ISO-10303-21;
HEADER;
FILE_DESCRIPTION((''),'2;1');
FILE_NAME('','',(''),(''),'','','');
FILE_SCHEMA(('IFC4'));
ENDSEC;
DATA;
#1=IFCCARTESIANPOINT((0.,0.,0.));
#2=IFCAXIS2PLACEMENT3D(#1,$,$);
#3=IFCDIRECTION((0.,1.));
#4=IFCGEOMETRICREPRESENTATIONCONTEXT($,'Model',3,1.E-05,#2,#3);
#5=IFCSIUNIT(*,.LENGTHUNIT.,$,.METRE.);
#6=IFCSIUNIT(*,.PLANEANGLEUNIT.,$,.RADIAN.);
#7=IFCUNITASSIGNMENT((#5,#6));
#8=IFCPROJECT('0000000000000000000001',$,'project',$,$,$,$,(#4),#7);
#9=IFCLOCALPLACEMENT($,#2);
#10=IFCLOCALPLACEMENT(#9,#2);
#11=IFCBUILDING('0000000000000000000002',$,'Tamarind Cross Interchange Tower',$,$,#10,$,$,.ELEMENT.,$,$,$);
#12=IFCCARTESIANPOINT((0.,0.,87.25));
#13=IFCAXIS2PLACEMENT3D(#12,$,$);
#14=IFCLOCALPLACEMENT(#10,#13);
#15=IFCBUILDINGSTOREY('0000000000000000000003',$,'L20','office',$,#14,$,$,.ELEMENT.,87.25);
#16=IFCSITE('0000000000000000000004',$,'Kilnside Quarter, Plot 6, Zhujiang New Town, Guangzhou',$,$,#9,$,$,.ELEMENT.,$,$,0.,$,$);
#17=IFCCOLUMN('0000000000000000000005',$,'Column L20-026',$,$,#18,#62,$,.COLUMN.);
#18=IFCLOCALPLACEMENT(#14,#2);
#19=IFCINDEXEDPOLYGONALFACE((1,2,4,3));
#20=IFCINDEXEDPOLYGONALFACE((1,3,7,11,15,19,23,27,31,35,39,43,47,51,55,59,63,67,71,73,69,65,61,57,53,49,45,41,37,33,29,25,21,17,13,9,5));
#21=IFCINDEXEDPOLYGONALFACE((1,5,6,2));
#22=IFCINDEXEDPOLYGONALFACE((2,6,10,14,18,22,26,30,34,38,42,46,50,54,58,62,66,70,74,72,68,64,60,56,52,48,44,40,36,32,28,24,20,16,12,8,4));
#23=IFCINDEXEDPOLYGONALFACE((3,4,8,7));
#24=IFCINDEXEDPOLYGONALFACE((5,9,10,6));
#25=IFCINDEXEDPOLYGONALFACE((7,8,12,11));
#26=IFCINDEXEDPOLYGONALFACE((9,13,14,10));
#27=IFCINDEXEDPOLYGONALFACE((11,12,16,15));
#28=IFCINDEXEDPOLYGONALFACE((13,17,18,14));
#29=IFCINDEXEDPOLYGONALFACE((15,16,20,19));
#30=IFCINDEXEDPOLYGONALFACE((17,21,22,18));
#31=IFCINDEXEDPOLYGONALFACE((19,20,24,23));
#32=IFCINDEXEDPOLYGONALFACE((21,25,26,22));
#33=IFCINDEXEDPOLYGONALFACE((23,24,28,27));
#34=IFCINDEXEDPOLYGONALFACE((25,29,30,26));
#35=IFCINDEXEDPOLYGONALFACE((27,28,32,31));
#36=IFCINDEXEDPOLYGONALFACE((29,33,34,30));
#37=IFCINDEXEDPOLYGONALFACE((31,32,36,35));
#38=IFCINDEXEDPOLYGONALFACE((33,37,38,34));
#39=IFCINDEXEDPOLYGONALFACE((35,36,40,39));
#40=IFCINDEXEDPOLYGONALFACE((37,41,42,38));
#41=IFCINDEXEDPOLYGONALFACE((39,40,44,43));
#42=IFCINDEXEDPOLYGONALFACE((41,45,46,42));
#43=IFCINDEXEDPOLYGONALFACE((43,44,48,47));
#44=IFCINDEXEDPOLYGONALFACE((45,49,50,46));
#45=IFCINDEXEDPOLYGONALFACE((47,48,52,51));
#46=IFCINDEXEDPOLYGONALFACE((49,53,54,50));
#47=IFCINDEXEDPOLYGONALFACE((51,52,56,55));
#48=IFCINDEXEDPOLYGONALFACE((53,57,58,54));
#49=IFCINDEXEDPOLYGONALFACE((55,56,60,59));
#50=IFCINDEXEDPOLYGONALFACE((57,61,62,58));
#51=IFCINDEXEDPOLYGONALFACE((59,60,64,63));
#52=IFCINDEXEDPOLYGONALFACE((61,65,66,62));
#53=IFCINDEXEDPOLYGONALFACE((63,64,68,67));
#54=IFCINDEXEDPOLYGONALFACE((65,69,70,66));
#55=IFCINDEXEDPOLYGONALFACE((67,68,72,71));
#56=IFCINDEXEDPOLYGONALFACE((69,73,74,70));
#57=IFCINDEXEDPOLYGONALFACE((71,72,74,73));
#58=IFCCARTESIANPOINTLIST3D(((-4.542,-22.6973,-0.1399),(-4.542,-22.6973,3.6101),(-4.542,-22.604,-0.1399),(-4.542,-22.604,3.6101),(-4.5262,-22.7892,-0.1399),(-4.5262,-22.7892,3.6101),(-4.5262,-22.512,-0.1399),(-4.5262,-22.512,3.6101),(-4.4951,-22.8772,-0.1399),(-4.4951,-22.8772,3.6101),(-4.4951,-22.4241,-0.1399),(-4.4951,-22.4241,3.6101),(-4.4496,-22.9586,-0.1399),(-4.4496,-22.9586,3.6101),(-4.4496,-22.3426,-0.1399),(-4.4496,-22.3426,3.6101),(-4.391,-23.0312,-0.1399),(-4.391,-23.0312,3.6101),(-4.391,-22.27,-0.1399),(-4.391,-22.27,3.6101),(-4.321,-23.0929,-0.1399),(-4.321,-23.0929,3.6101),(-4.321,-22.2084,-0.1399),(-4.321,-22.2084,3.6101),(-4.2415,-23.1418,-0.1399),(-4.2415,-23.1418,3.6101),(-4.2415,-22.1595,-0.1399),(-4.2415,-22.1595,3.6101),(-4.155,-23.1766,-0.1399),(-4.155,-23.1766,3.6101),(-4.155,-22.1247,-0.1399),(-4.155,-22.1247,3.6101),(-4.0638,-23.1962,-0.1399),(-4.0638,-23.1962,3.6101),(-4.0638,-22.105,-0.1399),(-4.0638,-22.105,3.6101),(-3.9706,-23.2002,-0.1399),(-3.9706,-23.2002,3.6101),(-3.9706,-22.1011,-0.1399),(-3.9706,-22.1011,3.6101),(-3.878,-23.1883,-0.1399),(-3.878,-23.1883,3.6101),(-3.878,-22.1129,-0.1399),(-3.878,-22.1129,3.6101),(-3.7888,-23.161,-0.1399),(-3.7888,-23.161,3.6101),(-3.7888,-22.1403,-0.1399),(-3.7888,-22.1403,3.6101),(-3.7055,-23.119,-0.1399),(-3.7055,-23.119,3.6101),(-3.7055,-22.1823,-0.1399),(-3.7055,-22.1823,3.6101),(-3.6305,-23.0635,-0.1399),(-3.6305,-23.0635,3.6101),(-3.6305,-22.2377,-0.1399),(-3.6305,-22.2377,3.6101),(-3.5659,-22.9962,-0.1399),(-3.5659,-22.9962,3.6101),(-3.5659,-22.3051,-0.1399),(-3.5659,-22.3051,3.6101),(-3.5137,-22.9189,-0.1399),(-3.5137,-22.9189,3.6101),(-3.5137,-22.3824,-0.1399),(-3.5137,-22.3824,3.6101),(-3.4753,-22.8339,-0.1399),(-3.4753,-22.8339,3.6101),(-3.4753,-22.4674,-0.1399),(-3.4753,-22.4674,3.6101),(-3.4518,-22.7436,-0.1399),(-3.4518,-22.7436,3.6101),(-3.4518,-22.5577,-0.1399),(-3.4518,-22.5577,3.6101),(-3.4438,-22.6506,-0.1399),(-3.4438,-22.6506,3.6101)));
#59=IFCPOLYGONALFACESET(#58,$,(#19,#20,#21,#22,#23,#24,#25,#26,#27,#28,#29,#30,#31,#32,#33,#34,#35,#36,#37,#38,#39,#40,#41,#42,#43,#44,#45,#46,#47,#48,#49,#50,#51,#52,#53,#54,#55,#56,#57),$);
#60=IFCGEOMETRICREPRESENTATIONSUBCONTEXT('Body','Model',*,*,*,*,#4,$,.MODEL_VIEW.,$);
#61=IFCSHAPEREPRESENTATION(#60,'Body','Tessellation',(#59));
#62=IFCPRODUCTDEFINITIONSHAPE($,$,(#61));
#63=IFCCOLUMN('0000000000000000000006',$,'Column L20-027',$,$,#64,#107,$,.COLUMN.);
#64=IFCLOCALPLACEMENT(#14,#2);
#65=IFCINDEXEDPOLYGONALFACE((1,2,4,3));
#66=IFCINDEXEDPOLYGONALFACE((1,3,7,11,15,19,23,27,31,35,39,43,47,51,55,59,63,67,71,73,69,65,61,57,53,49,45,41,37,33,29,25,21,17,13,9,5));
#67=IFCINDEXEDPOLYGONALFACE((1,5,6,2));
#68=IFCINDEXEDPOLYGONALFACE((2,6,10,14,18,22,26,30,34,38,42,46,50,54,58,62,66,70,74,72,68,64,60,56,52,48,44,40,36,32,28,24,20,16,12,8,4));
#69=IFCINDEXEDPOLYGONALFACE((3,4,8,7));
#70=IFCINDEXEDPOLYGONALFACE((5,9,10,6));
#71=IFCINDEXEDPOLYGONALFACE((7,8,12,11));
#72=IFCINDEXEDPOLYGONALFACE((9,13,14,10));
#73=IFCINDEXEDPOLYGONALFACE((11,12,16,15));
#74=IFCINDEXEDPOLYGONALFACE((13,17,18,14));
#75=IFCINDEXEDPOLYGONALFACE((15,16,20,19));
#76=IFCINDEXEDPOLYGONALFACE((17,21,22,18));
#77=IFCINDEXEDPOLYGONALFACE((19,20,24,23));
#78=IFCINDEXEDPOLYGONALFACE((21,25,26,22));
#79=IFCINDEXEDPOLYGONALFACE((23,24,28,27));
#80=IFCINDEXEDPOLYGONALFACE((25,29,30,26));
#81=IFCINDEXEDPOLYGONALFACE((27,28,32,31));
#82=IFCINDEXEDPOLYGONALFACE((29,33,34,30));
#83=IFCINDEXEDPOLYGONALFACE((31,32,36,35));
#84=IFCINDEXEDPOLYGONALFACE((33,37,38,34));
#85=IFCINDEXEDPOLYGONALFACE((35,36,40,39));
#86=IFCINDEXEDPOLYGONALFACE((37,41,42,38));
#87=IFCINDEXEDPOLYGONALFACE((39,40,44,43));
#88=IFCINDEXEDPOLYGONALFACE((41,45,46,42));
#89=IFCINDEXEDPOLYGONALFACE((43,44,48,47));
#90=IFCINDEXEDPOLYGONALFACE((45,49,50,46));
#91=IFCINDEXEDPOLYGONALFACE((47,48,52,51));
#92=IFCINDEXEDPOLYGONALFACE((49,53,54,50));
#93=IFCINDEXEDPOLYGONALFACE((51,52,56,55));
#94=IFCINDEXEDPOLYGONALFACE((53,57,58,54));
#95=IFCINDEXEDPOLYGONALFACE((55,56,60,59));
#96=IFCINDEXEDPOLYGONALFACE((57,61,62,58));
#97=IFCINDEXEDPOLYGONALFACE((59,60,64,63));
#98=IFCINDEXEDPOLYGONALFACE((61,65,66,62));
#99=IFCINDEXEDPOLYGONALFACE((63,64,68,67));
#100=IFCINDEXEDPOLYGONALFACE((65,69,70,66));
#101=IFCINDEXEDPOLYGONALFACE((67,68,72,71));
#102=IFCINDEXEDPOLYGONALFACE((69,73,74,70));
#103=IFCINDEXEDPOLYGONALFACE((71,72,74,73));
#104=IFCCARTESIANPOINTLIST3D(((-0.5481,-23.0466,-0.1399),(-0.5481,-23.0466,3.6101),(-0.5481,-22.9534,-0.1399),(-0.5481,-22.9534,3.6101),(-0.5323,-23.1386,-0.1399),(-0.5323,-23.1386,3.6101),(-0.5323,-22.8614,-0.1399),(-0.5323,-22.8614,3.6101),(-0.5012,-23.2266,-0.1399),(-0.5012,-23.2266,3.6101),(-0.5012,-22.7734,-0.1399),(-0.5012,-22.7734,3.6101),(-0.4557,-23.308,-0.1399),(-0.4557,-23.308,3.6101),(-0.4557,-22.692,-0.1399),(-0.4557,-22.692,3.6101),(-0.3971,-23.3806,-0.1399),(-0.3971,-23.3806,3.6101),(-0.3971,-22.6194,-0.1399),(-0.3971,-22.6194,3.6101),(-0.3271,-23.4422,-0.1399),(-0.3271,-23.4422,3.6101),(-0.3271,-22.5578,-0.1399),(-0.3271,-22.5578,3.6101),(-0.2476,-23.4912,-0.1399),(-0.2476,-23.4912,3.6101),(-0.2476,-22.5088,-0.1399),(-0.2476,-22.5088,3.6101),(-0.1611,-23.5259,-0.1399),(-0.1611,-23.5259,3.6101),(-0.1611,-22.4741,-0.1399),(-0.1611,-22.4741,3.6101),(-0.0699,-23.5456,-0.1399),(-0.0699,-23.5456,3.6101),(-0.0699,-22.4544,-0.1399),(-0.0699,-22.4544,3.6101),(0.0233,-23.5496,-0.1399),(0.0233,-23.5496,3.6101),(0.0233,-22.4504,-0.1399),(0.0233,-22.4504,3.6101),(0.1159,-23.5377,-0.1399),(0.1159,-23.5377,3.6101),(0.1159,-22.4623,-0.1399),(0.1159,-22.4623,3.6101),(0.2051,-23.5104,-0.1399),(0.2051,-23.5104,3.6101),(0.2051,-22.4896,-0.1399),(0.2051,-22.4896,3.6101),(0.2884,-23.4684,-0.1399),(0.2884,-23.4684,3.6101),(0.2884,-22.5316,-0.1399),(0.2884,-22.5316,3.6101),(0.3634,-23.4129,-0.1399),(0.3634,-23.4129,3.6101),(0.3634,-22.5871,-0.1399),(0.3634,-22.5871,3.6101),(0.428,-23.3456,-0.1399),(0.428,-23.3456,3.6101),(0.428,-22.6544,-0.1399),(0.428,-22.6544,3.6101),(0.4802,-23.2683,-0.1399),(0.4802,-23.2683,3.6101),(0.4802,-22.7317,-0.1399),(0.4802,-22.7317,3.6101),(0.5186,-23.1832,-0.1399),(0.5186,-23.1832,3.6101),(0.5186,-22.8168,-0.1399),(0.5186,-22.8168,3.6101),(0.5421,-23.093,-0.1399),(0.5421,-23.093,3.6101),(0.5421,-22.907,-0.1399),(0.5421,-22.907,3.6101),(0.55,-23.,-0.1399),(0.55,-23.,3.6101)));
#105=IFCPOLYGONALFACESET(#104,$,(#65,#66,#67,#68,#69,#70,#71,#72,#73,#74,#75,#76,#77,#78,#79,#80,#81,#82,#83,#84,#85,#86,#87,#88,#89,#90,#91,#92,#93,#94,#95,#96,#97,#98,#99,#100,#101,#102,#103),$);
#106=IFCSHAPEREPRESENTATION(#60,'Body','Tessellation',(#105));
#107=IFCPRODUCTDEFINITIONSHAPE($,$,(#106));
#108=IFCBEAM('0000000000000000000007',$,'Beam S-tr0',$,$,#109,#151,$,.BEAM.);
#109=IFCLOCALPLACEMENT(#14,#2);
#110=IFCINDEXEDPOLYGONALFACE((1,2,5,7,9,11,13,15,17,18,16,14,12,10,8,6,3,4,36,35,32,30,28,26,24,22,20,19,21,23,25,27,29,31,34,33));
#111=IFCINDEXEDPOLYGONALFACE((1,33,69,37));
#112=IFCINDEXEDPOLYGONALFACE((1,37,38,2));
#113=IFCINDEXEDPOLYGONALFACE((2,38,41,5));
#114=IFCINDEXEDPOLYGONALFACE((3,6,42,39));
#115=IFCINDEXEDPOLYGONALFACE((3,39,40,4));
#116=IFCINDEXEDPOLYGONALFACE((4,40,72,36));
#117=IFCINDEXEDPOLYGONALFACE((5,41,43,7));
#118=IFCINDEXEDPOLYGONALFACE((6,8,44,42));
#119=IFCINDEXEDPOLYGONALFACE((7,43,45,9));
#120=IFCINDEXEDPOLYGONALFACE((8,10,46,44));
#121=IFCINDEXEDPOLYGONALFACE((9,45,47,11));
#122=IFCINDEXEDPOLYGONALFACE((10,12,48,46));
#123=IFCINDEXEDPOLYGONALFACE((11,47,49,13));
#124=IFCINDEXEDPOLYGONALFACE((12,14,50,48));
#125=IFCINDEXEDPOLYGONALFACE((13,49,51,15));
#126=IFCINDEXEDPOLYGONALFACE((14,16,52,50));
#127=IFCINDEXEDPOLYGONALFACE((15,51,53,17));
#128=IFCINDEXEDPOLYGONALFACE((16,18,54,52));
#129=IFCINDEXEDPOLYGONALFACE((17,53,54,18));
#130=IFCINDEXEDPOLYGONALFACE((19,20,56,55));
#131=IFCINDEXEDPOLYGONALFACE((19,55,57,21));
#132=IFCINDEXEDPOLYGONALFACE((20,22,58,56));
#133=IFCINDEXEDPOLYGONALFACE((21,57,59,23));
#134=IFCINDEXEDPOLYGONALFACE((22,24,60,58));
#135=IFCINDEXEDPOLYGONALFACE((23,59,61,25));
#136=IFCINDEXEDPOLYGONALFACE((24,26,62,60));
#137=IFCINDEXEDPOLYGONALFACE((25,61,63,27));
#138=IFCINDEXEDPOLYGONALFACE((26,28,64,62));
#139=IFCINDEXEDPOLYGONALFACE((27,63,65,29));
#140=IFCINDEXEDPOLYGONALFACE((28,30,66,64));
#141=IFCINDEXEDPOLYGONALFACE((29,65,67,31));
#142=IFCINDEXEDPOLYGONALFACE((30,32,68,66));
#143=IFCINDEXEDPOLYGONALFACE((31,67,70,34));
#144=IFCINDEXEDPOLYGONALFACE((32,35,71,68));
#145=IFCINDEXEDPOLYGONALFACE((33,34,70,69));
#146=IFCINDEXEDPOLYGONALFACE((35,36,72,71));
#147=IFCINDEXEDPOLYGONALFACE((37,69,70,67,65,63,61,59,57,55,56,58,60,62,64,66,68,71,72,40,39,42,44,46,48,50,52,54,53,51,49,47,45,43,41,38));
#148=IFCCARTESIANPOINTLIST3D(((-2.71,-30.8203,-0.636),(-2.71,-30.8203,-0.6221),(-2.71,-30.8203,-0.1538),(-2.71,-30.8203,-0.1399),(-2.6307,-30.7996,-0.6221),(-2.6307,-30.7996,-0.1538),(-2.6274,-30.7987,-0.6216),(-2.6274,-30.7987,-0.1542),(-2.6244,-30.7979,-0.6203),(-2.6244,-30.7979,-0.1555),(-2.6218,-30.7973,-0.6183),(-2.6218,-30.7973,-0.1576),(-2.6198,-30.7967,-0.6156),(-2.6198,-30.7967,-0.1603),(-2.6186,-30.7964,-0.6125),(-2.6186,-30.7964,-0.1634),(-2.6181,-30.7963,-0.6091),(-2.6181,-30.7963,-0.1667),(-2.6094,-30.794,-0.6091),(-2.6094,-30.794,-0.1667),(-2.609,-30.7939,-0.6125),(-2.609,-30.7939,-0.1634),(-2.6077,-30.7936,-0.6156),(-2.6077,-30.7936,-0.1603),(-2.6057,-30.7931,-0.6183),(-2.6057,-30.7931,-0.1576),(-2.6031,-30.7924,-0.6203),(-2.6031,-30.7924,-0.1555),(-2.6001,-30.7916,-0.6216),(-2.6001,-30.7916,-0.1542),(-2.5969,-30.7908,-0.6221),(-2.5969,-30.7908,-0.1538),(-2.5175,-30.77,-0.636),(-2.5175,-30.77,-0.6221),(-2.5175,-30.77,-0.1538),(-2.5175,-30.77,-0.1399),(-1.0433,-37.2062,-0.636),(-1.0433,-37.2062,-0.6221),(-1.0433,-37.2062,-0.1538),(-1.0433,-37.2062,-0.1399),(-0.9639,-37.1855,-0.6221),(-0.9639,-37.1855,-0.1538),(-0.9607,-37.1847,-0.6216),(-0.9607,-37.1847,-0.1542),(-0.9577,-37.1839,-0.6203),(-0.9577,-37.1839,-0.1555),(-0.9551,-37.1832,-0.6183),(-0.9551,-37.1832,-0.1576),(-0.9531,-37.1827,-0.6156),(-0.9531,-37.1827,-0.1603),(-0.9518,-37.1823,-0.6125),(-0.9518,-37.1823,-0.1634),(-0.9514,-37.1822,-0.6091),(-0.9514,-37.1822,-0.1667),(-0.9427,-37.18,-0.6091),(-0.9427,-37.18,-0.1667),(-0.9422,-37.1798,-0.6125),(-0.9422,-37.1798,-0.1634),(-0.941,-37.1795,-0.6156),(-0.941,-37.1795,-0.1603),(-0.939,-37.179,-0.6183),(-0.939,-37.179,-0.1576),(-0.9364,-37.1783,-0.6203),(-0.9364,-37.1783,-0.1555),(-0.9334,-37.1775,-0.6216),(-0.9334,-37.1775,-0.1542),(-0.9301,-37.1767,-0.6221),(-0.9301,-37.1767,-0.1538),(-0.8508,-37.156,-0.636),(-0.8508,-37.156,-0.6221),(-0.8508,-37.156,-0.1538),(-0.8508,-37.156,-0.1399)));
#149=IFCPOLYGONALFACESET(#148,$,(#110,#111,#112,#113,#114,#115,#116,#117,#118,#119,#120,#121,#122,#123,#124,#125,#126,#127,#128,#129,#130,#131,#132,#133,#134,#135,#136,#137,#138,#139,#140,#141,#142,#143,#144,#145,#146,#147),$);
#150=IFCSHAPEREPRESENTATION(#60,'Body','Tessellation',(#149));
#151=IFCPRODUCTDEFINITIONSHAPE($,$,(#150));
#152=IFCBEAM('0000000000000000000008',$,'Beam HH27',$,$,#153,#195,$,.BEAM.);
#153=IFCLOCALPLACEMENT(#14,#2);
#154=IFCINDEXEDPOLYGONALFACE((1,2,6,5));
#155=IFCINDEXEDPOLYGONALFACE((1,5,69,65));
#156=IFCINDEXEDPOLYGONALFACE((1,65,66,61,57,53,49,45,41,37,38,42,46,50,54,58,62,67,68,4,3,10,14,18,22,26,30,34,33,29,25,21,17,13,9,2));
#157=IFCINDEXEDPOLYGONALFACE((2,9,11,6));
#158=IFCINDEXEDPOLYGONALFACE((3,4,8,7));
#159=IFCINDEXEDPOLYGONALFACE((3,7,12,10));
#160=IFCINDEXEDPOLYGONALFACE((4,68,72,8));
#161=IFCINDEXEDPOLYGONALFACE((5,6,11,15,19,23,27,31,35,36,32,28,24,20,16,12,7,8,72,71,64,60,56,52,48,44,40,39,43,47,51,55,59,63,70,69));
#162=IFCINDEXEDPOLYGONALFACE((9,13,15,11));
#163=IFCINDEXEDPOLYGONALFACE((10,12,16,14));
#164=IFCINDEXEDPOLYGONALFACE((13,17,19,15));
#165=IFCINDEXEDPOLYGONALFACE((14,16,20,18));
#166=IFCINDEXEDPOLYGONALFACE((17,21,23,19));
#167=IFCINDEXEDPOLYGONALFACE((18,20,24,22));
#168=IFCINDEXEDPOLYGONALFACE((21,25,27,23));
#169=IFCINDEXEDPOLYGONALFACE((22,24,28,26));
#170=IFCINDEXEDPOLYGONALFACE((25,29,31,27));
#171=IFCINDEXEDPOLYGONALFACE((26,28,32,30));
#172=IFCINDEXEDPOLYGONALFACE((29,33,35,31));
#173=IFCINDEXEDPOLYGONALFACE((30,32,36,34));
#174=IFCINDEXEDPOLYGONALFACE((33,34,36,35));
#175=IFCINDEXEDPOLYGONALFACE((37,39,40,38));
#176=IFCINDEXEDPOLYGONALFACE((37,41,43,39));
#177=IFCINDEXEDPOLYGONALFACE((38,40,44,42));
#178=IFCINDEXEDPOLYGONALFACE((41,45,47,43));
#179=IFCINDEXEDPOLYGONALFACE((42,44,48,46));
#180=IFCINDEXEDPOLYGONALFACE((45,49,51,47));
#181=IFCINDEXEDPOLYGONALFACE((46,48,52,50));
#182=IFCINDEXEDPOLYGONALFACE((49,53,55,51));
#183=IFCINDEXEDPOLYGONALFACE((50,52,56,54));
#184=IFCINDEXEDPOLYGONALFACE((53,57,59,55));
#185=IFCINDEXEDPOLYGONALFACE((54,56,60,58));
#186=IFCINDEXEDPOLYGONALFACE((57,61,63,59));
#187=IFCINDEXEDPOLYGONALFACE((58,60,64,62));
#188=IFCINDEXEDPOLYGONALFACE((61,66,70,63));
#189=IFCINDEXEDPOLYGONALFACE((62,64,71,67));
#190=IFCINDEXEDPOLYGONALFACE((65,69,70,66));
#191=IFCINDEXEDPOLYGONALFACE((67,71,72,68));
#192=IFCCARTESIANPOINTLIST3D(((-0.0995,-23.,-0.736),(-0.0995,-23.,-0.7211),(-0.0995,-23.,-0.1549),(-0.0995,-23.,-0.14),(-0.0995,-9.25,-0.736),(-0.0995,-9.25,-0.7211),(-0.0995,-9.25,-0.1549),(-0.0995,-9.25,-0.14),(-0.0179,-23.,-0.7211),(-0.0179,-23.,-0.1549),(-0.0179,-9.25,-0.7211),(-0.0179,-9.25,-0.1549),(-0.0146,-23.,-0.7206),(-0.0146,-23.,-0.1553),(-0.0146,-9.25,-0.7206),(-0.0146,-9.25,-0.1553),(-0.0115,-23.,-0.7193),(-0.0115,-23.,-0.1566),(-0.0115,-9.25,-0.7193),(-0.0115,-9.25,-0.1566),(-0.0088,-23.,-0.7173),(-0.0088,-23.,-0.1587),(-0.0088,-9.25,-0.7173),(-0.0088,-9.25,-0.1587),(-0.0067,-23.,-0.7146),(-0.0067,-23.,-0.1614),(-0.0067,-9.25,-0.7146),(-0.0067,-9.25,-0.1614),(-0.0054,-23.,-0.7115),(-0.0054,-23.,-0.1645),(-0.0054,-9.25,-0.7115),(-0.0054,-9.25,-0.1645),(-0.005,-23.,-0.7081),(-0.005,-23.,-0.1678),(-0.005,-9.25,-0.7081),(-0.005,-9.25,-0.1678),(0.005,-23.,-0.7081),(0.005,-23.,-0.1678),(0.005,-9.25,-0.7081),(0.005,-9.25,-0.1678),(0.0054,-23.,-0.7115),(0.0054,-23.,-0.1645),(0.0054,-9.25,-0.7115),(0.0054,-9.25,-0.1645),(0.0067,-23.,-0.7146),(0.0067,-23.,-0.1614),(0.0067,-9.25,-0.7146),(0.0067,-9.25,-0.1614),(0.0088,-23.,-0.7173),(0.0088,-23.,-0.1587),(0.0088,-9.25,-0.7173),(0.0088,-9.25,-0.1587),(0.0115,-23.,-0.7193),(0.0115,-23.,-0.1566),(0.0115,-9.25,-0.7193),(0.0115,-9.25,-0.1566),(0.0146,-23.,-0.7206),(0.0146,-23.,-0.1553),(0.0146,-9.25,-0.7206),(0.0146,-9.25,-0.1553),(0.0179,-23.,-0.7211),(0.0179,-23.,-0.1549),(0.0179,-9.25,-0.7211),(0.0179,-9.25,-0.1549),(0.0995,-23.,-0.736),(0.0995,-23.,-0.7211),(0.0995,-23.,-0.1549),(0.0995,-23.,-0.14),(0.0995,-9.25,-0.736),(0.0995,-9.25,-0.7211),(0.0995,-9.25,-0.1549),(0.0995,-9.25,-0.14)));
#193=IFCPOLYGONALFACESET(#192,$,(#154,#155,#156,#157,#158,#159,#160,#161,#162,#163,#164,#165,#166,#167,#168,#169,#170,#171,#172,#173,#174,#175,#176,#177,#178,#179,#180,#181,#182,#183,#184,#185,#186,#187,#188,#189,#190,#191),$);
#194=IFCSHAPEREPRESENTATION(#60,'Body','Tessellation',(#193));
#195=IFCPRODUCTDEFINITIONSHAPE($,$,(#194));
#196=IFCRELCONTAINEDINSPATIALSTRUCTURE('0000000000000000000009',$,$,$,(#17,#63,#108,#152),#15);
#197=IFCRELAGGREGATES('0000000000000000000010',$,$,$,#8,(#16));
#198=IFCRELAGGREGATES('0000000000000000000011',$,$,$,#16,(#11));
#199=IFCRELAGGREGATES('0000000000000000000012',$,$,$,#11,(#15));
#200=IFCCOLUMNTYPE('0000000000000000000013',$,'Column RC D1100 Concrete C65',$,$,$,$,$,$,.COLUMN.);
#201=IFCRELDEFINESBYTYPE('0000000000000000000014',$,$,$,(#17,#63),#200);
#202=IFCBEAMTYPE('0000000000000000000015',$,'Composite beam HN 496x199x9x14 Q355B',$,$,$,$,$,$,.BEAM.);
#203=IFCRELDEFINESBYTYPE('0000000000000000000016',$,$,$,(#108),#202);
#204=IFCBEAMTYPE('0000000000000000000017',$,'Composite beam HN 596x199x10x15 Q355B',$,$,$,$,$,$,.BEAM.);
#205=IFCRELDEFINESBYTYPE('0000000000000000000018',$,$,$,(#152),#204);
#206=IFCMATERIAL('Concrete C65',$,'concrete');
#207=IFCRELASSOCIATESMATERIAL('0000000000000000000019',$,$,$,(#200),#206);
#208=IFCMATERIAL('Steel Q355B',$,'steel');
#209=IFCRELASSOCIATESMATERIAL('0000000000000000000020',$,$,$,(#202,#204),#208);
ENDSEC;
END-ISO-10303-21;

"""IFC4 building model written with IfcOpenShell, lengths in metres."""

from ifc_helpers import new_model, si_unit, direction, frame, origin, origin_2d, place, context, subcontext, project, spatial, circle, i_section, extrude, material, material_profile, profile_set, type_object, element, save


model = new_model("IFC4")

# Units and contexts
model_context = context("Model", 3, precision=1e-05, world=origin(), true_north=direction((0.0, 1.0)))
body_context = subcontext(model_context, "Body", "Model", "MODEL_VIEW")
ifc_project = project(units=[si_unit("LENGTHUNIT", "METRE"), si_unit("PLANEANGLEUNIT", "RADIAN")], contexts=[model_context])

# Site, building, storey
site_placement = place(None, origin())
site = spatial("IfcSite", under=ifc_project, at=site_placement, Name="Kilnside Quarter, Plot 6, Zhujiang New Town, Guangzhou", CompositionType="ELEMENT", RefElevation=0.0)
building_placement = place(site_placement, origin())
building = spatial("IfcBuilding", under=site, at=building_placement, Name="Tamarind Cross Interchange Tower", CompositionType="ELEMENT")
storey_placement = place(building_placement, frame((0.0, 0.0, 87.25)))
storey = spatial("IfcBuildingStorey", under=building, at=storey_placement, Name="L20", Description="office", CompositionType="ELEMENT", Elevation=87.25)

# Columns
ifc_material_1 = material(Name="Concrete C65", Category="concrete")
ifc_material_profile_1 = material_profile(ifc_material_1, circle(Radius=0.55, at=origin_2d()), Name="RC D1100")
ifc_profile_set_1 = profile_set([ifc_material_profile_1], Name="Concrete C65")
column_type = type_object("IfcColumnType", Name="Column RC D1100 Concrete C65", PredefinedType="COLUMN", material=ifc_profile_set_1)
for number, where, z_axis, x_axis, name in (
    (1, (-3.9939, -22.6506, -0.1399), (0.0, 0.0, 1.0), (1.0, 0.0, 0.0), "Column L20-026"),
    (2, (0.0, -23.0, -0.1399), (0.0, 0.0, 1.0), (1.0, 0.0, 0.0), "Column L20-027"),
):
    element("IfcColumn", number, at=place(storey_placement, frame(where, z_axis=z_axis, x_axis=x_axis)), inside=storey, type_object=column_type, Name=name, PredefinedType="COLUMN", context=body_context, shape_type="SweptSolid", body=[
        extrude(circle(Radius=0.55, at=origin_2d()), origin(), (0.0, 0.0, 1.0), 3.75),
    ])

# Beams
ifc_material_2 = material(Name="Steel Q355B", Category="steel")
ifc_material_profile_2 = material_profile(ifc_material_2, i_section(OverallWidth=0.199, OverallDepth=0.4961, WebThickness=0.009, FlangeThickness=0.0139, FilletRadius=0.0129, at=origin_2d()), Name="HN 496x199x9x14")
ifc_profile_set_2 = profile_set([ifc_material_profile_2], Name="Steel Q355B")
beam_type_1 = type_object("IfcBeamType", Name="Composite beam HN 496x199x9x14 Q355B", PredefinedType="BEAM", material=ifc_profile_set_2)
beam_1_placement = place(storey_placement, frame((-2.6138, -30.7952, -0.3879), z_axis=(0.252541, -0.967586, 0.0), x_axis=(0.967586, 0.252541, 0.0)))
element("IfcBeam", 3, at=beam_1_placement, inside=storey, type_object=beam_type_1, Name="Beam S-tr0", PredefinedType="BEAM", context=body_context, shape_type="SweptSolid", body=[
    extrude(i_section(OverallWidth=0.199, OverallDepth=0.4961, WebThickness=0.009, FlangeThickness=0.0139, FilletRadius=0.0129, at=origin_2d()), origin(), (0.0, 0.0, 1.0), 6.5999),
])
ifc_material_profile_3 = material_profile(ifc_material_2, i_section(OverallWidth=0.199, OverallDepth=0.5959, WebThickness=0.01, FlangeThickness=0.0149, FilletRadius=0.0129, at=origin_2d()), Name="HN 596x199x10x15")
ifc_profile_set_3 = profile_set([ifc_material_profile_3], Name="Steel Q355B")
beam_type_2 = type_object("IfcBeamType", Name="Composite beam HN 596x199x10x15 Q355B", PredefinedType="BEAM", material=ifc_profile_set_3)
beam_2_placement = place(storey_placement, frame((0.0, -23.0, -0.438), z_axis=(0.0, 1.0, 0.0), x_axis=(-1.0, 0.0, 0.0)))
element("IfcBeam", 4, at=beam_2_placement, inside=storey, type_object=beam_type_2, Name="Beam HH27", PredefinedType="BEAM", context=body_context, shape_type="SweptSolid", body=[
    extrude(i_section(OverallWidth=0.199, OverallDepth=0.5959, WebThickness=0.01, FlangeThickness=0.0149, FilletRadius=0.0129, at=origin_2d()), origin(), (0.0, 0.0, 1.0), 13.75),
])

save(model, "model.ifc")
